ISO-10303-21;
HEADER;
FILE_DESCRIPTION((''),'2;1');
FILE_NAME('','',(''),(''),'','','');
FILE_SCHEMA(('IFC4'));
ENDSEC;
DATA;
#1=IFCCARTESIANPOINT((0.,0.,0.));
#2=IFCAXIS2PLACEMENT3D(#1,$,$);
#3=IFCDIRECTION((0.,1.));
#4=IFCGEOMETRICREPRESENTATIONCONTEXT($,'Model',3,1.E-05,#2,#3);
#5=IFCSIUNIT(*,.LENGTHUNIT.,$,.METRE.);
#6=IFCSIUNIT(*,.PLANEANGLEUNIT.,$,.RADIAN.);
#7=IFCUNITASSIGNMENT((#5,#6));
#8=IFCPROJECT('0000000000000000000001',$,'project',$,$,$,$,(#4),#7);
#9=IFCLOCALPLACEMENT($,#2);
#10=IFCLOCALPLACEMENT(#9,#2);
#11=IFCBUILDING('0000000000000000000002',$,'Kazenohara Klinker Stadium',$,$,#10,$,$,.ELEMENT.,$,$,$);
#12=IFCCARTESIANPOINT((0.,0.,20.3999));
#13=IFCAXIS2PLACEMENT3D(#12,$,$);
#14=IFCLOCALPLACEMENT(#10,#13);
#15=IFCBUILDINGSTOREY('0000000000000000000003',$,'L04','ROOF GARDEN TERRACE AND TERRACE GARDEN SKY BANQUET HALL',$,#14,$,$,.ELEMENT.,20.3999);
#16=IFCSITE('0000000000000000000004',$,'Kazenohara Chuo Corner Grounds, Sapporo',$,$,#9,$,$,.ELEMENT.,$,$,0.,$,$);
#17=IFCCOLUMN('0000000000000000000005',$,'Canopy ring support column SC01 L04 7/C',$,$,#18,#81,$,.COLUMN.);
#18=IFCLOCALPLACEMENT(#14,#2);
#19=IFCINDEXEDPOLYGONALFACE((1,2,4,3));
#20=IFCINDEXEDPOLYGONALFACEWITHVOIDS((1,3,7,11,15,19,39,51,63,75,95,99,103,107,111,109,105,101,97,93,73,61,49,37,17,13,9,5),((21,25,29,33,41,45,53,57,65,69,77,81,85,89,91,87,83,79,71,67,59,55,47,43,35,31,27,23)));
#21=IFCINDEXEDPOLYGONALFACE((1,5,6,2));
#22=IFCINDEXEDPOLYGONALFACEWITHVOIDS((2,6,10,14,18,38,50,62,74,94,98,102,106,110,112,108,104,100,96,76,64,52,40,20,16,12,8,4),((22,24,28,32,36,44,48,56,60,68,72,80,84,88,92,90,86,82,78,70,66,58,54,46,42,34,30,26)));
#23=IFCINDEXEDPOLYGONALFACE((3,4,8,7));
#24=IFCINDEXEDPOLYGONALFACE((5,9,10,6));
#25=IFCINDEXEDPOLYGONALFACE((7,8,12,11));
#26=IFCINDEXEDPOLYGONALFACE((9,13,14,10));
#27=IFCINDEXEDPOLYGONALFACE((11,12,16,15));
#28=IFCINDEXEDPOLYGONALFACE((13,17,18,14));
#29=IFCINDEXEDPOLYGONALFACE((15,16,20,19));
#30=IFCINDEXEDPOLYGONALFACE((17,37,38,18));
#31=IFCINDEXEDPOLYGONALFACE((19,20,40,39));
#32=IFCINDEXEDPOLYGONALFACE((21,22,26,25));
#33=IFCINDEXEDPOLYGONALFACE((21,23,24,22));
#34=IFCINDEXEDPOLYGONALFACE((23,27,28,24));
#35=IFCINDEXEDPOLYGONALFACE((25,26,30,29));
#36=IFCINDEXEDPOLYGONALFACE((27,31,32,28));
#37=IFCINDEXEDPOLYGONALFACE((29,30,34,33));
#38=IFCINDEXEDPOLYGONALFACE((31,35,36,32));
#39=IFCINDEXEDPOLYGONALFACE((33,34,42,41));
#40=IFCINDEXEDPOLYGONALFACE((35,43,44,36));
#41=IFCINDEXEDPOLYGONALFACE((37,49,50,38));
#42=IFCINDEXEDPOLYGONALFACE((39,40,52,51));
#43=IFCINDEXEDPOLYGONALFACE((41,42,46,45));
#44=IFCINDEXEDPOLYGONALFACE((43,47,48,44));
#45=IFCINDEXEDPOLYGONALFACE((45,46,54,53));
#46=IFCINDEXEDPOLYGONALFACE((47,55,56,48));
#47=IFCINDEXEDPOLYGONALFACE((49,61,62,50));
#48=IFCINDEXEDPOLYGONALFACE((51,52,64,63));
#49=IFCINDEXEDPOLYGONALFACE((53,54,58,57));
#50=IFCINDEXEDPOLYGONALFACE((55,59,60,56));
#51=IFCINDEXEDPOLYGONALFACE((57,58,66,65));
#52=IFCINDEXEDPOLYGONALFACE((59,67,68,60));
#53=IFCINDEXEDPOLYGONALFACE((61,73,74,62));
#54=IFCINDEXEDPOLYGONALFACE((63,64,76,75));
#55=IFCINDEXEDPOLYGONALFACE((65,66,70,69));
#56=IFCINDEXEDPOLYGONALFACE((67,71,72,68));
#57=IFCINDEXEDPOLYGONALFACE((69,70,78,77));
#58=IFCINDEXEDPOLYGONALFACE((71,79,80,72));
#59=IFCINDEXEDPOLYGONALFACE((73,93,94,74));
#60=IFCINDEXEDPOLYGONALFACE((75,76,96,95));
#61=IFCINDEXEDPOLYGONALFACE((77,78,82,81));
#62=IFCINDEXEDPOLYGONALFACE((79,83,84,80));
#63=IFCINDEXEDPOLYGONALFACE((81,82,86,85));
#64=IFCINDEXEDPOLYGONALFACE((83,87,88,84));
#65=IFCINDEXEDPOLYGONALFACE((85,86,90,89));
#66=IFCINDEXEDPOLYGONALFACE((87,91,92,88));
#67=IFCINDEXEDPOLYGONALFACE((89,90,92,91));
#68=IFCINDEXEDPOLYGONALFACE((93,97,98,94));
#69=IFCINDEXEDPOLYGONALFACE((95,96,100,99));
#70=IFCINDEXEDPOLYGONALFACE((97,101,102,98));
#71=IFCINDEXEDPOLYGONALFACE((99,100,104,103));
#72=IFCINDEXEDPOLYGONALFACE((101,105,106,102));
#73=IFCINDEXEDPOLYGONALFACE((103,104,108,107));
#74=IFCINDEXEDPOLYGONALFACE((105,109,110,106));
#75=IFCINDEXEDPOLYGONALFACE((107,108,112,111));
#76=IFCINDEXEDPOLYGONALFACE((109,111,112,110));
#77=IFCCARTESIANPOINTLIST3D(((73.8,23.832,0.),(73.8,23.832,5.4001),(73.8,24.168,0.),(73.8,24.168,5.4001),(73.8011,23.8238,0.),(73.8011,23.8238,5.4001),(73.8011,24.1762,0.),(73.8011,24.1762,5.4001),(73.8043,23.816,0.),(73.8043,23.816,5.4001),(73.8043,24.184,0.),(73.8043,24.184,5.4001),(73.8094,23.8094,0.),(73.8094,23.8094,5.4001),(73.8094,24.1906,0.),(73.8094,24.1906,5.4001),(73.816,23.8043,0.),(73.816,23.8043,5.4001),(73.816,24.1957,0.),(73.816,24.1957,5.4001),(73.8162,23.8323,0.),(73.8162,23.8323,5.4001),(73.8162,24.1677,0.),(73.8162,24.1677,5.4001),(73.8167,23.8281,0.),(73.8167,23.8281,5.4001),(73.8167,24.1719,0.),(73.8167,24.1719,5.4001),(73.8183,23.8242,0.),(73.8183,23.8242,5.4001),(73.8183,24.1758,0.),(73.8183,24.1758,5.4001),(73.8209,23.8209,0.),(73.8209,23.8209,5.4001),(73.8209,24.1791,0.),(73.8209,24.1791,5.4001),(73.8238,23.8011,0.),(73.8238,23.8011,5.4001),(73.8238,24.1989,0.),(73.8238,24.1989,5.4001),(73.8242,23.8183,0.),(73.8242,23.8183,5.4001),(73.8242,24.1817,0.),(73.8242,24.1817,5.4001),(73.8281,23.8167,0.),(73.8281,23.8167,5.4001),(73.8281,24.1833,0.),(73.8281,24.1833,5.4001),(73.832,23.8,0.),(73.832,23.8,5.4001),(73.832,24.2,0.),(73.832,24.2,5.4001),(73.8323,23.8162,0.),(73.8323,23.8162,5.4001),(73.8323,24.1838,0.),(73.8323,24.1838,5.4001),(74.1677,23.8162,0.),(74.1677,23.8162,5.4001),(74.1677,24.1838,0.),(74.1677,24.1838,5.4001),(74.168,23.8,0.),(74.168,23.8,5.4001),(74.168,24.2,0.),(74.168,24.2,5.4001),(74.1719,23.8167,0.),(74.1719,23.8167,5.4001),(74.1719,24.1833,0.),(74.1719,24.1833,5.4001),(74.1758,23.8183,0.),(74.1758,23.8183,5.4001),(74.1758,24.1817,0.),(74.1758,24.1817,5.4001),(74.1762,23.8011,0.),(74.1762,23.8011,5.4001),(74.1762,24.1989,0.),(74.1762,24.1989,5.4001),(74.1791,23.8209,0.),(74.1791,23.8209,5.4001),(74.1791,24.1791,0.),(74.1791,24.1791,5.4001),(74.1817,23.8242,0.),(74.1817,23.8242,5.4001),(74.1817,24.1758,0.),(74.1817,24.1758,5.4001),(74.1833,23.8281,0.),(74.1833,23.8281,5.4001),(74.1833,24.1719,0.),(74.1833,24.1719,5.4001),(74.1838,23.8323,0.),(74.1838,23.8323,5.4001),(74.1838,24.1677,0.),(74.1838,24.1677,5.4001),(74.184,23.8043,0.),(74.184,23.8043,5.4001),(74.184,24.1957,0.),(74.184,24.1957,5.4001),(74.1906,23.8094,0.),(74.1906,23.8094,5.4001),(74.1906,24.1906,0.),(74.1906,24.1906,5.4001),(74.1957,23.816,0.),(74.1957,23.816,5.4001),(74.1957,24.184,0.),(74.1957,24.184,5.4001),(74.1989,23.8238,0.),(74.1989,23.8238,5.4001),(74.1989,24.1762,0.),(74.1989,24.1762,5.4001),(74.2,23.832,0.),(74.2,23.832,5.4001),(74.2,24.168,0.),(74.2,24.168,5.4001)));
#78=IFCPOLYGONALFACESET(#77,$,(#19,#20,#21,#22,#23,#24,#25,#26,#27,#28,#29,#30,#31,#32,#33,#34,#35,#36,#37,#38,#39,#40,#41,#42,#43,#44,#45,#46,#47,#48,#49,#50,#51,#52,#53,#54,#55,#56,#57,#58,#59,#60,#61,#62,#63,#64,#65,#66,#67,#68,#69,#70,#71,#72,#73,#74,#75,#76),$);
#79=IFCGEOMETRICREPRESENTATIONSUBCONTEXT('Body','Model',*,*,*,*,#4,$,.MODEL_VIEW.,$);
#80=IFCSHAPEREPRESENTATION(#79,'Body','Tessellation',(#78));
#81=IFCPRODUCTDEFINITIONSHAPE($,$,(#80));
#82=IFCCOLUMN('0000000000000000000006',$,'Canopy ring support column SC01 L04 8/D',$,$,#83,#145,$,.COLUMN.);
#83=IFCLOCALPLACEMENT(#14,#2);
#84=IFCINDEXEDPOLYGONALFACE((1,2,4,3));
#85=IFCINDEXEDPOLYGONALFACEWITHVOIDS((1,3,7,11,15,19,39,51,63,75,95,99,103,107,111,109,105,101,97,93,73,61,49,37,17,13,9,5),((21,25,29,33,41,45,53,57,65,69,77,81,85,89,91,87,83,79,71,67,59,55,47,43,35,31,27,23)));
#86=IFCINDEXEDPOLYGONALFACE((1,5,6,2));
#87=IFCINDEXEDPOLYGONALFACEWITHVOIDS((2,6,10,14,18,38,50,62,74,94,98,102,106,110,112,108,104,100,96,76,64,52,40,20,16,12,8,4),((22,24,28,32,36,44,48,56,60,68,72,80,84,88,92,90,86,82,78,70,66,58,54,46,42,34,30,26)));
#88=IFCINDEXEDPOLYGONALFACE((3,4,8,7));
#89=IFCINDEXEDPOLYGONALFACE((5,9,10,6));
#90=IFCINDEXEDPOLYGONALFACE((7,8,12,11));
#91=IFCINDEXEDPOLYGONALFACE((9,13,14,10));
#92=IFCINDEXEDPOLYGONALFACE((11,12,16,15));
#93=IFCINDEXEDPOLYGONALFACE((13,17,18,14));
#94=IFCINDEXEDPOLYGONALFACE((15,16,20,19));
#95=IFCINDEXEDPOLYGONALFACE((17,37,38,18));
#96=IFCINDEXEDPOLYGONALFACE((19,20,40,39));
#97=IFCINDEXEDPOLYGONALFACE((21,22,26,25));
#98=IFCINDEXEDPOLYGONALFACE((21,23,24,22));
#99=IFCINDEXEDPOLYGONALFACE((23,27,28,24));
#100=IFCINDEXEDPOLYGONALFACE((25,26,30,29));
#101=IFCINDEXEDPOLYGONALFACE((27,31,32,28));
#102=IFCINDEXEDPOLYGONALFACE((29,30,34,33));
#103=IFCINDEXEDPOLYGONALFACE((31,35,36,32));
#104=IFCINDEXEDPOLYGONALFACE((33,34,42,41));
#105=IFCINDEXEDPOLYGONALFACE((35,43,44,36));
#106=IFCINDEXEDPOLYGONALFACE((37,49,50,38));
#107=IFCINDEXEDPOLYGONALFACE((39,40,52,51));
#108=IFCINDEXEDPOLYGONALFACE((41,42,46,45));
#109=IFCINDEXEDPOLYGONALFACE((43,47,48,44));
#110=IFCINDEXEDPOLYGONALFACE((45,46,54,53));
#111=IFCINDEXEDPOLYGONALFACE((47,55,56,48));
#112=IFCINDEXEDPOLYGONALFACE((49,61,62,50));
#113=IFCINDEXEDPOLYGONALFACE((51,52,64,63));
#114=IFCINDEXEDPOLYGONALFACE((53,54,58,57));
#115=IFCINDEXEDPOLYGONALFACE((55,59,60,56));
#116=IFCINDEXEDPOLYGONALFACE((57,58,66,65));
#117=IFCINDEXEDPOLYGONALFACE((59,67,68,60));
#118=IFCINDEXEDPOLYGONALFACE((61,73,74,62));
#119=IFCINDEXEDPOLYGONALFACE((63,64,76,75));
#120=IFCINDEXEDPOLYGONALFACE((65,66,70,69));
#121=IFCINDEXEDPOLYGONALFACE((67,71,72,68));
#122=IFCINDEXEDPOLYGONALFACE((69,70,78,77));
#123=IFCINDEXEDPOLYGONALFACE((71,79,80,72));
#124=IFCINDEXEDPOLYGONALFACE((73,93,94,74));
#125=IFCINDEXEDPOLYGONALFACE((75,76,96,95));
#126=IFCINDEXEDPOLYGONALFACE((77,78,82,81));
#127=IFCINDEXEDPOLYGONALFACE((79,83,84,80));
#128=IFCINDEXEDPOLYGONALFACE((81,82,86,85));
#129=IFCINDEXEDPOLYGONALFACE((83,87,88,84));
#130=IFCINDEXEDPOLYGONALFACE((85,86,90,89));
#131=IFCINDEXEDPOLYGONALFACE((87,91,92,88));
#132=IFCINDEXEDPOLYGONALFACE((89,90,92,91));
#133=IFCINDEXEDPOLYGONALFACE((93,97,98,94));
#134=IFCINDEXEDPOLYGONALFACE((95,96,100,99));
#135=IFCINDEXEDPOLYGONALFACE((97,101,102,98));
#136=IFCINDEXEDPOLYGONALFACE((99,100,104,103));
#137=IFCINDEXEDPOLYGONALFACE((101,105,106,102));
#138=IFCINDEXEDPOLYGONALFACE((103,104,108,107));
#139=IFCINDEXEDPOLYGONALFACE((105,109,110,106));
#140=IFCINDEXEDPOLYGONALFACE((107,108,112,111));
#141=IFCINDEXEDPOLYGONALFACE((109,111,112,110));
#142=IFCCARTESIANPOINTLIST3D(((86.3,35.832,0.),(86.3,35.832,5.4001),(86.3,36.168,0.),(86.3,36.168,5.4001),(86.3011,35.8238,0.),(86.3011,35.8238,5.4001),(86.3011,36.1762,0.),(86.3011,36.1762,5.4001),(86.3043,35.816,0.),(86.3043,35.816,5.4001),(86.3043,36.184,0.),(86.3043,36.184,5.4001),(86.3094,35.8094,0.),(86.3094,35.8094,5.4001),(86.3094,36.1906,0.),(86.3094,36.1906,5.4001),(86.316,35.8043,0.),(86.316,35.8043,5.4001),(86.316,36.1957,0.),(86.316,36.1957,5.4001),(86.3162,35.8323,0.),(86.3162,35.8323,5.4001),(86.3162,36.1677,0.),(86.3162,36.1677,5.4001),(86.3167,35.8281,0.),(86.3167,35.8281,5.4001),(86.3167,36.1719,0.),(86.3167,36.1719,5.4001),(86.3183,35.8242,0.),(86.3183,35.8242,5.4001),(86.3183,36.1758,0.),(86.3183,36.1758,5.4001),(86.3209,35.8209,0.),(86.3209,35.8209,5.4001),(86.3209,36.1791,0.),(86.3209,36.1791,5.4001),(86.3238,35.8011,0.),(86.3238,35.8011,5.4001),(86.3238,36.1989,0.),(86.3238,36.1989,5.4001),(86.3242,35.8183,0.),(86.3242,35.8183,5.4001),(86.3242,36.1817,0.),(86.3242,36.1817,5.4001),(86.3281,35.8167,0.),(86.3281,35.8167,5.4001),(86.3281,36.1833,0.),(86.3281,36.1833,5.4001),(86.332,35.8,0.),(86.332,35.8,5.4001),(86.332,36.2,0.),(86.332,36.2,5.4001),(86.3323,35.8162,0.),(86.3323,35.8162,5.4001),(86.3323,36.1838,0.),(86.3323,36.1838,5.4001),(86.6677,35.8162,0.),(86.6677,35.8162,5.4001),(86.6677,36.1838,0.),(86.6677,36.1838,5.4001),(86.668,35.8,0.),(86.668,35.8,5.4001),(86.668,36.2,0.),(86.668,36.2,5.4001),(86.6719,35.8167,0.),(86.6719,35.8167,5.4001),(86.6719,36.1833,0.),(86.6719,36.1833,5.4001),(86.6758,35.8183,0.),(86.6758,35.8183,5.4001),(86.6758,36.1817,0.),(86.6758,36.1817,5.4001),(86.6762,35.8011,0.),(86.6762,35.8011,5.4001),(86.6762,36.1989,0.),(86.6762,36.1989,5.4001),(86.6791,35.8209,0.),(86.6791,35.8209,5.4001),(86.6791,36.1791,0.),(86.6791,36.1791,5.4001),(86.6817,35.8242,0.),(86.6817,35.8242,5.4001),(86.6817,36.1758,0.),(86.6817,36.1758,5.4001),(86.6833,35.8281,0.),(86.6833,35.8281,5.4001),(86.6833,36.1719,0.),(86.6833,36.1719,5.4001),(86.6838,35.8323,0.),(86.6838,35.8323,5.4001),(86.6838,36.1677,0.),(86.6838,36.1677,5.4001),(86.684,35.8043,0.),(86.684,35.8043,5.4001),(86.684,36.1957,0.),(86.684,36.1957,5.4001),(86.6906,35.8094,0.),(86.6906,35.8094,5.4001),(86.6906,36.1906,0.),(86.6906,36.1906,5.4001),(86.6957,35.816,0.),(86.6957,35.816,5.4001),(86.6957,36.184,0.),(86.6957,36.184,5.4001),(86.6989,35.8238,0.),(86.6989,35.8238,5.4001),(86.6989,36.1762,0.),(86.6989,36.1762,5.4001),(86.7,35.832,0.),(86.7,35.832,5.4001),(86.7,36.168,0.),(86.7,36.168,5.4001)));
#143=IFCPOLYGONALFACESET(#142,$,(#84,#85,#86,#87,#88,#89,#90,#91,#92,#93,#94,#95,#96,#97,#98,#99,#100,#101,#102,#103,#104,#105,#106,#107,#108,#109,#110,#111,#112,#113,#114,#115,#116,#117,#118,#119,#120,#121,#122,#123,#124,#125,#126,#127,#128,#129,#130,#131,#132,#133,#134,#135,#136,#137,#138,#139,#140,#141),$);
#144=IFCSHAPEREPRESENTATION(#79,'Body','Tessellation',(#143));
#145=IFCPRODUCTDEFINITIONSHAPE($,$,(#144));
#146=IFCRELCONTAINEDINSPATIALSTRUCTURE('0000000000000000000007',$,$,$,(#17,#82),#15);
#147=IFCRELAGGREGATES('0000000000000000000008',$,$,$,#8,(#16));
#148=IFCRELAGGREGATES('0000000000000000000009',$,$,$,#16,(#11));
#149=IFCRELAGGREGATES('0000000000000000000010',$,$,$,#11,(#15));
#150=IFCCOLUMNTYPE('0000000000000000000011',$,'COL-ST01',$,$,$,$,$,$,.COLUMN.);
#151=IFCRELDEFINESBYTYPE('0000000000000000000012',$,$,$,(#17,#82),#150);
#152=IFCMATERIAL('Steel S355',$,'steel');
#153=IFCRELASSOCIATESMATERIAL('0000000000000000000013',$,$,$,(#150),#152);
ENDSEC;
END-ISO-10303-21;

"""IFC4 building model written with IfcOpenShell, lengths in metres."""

from ifc_helpers import new_model, si_unit, direction, frame, origin, origin_2d, place, context, subcontext, project, spatial, hollow_rectangle, extrude, material, material_profile, profile_set, type_object, element, save


model = new_model("IFC4")

# Units and contexts
model_context = context("Model", 3, precision=1e-05, world=origin(), true_north=direction((0.0, 1.0)))
body_context = subcontext(model_context, "Body", "Model", "MODEL_VIEW")
ifc_project = project(units=[si_unit("LENGTHUNIT", "METRE"), si_unit("PLANEANGLEUNIT", "RADIAN")], contexts=[model_context])

# Site, building, storey
site_placement = place(None, origin())
site = spatial("IfcSite", under=ifc_project, at=site_placement, Name="Kazenohara Chuo Corner Grounds, Sapporo", CompositionType="ELEMENT", RefElevation=0.0)
building_placement = place(site_placement, origin())
building = spatial("IfcBuilding", under=site, at=building_placement, Name="Kazenohara Klinker Stadium", CompositionType="ELEMENT")
storey_placement = place(building_placement, frame((0.0, 0.0, 20.3999)))
storey = spatial("IfcBuildingStorey", under=building, at=storey_placement, Name="L04", Description="ROOF GARDEN TERRACE AND TERRACE GARDEN SKY BANQUET HALL", CompositionType="ELEMENT", Elevation=20.3999)

# Columns
ifc_material_1 = material(Name="Steel S355", Category="steel")
ifc_material_profile_1 = material_profile(ifc_material_1, hollow_rectangle(XDim=0.3999, YDim=0.3999, WallThickness=0.0161, InnerFilletRadius=0.0161, OuterFilletRadius=0.032, at=origin_2d()), Name="SHS-400x400x16")
ifc_profile_set_1 = profile_set([ifc_material_profile_1], Name="Steel S355")
column_type_1 = type_object("IfcColumnType", Name="COL-ST01", PredefinedType="COLUMN", material=ifc_profile_set_1)
for number, where, z_axis, x_axis, name in (
    (1, (74.0, 24.0, 0.0), (0.0, 0.0, 1.0), (1.0, 0.0, 0.0), "Canopy ring support column SC01 L04 7/C"),
    (2, (86.5, 36.0, 0.0), (0.0, 0.0, 1.0), (1.0, 0.0, 0.0), "Canopy ring support column SC01 L04 8/D"),
):
    element("IfcColumn", number, at=place(storey_placement, frame(where, z_axis=z_axis, x_axis=x_axis)), inside=storey, type_object=column_type_1, Name=name, PredefinedType="COLUMN", context=body_context, shape_type="SweptSolid", body=[
        extrude(hollow_rectangle(XDim=0.3999, YDim=0.3999, WallThickness=0.0161, InnerFilletRadius=0.0161, OuterFilletRadius=0.032, at=origin_2d()), origin(), (0.0, 0.0, 1.0), 5.4001),
    ])

save(model, "model.ifc")
